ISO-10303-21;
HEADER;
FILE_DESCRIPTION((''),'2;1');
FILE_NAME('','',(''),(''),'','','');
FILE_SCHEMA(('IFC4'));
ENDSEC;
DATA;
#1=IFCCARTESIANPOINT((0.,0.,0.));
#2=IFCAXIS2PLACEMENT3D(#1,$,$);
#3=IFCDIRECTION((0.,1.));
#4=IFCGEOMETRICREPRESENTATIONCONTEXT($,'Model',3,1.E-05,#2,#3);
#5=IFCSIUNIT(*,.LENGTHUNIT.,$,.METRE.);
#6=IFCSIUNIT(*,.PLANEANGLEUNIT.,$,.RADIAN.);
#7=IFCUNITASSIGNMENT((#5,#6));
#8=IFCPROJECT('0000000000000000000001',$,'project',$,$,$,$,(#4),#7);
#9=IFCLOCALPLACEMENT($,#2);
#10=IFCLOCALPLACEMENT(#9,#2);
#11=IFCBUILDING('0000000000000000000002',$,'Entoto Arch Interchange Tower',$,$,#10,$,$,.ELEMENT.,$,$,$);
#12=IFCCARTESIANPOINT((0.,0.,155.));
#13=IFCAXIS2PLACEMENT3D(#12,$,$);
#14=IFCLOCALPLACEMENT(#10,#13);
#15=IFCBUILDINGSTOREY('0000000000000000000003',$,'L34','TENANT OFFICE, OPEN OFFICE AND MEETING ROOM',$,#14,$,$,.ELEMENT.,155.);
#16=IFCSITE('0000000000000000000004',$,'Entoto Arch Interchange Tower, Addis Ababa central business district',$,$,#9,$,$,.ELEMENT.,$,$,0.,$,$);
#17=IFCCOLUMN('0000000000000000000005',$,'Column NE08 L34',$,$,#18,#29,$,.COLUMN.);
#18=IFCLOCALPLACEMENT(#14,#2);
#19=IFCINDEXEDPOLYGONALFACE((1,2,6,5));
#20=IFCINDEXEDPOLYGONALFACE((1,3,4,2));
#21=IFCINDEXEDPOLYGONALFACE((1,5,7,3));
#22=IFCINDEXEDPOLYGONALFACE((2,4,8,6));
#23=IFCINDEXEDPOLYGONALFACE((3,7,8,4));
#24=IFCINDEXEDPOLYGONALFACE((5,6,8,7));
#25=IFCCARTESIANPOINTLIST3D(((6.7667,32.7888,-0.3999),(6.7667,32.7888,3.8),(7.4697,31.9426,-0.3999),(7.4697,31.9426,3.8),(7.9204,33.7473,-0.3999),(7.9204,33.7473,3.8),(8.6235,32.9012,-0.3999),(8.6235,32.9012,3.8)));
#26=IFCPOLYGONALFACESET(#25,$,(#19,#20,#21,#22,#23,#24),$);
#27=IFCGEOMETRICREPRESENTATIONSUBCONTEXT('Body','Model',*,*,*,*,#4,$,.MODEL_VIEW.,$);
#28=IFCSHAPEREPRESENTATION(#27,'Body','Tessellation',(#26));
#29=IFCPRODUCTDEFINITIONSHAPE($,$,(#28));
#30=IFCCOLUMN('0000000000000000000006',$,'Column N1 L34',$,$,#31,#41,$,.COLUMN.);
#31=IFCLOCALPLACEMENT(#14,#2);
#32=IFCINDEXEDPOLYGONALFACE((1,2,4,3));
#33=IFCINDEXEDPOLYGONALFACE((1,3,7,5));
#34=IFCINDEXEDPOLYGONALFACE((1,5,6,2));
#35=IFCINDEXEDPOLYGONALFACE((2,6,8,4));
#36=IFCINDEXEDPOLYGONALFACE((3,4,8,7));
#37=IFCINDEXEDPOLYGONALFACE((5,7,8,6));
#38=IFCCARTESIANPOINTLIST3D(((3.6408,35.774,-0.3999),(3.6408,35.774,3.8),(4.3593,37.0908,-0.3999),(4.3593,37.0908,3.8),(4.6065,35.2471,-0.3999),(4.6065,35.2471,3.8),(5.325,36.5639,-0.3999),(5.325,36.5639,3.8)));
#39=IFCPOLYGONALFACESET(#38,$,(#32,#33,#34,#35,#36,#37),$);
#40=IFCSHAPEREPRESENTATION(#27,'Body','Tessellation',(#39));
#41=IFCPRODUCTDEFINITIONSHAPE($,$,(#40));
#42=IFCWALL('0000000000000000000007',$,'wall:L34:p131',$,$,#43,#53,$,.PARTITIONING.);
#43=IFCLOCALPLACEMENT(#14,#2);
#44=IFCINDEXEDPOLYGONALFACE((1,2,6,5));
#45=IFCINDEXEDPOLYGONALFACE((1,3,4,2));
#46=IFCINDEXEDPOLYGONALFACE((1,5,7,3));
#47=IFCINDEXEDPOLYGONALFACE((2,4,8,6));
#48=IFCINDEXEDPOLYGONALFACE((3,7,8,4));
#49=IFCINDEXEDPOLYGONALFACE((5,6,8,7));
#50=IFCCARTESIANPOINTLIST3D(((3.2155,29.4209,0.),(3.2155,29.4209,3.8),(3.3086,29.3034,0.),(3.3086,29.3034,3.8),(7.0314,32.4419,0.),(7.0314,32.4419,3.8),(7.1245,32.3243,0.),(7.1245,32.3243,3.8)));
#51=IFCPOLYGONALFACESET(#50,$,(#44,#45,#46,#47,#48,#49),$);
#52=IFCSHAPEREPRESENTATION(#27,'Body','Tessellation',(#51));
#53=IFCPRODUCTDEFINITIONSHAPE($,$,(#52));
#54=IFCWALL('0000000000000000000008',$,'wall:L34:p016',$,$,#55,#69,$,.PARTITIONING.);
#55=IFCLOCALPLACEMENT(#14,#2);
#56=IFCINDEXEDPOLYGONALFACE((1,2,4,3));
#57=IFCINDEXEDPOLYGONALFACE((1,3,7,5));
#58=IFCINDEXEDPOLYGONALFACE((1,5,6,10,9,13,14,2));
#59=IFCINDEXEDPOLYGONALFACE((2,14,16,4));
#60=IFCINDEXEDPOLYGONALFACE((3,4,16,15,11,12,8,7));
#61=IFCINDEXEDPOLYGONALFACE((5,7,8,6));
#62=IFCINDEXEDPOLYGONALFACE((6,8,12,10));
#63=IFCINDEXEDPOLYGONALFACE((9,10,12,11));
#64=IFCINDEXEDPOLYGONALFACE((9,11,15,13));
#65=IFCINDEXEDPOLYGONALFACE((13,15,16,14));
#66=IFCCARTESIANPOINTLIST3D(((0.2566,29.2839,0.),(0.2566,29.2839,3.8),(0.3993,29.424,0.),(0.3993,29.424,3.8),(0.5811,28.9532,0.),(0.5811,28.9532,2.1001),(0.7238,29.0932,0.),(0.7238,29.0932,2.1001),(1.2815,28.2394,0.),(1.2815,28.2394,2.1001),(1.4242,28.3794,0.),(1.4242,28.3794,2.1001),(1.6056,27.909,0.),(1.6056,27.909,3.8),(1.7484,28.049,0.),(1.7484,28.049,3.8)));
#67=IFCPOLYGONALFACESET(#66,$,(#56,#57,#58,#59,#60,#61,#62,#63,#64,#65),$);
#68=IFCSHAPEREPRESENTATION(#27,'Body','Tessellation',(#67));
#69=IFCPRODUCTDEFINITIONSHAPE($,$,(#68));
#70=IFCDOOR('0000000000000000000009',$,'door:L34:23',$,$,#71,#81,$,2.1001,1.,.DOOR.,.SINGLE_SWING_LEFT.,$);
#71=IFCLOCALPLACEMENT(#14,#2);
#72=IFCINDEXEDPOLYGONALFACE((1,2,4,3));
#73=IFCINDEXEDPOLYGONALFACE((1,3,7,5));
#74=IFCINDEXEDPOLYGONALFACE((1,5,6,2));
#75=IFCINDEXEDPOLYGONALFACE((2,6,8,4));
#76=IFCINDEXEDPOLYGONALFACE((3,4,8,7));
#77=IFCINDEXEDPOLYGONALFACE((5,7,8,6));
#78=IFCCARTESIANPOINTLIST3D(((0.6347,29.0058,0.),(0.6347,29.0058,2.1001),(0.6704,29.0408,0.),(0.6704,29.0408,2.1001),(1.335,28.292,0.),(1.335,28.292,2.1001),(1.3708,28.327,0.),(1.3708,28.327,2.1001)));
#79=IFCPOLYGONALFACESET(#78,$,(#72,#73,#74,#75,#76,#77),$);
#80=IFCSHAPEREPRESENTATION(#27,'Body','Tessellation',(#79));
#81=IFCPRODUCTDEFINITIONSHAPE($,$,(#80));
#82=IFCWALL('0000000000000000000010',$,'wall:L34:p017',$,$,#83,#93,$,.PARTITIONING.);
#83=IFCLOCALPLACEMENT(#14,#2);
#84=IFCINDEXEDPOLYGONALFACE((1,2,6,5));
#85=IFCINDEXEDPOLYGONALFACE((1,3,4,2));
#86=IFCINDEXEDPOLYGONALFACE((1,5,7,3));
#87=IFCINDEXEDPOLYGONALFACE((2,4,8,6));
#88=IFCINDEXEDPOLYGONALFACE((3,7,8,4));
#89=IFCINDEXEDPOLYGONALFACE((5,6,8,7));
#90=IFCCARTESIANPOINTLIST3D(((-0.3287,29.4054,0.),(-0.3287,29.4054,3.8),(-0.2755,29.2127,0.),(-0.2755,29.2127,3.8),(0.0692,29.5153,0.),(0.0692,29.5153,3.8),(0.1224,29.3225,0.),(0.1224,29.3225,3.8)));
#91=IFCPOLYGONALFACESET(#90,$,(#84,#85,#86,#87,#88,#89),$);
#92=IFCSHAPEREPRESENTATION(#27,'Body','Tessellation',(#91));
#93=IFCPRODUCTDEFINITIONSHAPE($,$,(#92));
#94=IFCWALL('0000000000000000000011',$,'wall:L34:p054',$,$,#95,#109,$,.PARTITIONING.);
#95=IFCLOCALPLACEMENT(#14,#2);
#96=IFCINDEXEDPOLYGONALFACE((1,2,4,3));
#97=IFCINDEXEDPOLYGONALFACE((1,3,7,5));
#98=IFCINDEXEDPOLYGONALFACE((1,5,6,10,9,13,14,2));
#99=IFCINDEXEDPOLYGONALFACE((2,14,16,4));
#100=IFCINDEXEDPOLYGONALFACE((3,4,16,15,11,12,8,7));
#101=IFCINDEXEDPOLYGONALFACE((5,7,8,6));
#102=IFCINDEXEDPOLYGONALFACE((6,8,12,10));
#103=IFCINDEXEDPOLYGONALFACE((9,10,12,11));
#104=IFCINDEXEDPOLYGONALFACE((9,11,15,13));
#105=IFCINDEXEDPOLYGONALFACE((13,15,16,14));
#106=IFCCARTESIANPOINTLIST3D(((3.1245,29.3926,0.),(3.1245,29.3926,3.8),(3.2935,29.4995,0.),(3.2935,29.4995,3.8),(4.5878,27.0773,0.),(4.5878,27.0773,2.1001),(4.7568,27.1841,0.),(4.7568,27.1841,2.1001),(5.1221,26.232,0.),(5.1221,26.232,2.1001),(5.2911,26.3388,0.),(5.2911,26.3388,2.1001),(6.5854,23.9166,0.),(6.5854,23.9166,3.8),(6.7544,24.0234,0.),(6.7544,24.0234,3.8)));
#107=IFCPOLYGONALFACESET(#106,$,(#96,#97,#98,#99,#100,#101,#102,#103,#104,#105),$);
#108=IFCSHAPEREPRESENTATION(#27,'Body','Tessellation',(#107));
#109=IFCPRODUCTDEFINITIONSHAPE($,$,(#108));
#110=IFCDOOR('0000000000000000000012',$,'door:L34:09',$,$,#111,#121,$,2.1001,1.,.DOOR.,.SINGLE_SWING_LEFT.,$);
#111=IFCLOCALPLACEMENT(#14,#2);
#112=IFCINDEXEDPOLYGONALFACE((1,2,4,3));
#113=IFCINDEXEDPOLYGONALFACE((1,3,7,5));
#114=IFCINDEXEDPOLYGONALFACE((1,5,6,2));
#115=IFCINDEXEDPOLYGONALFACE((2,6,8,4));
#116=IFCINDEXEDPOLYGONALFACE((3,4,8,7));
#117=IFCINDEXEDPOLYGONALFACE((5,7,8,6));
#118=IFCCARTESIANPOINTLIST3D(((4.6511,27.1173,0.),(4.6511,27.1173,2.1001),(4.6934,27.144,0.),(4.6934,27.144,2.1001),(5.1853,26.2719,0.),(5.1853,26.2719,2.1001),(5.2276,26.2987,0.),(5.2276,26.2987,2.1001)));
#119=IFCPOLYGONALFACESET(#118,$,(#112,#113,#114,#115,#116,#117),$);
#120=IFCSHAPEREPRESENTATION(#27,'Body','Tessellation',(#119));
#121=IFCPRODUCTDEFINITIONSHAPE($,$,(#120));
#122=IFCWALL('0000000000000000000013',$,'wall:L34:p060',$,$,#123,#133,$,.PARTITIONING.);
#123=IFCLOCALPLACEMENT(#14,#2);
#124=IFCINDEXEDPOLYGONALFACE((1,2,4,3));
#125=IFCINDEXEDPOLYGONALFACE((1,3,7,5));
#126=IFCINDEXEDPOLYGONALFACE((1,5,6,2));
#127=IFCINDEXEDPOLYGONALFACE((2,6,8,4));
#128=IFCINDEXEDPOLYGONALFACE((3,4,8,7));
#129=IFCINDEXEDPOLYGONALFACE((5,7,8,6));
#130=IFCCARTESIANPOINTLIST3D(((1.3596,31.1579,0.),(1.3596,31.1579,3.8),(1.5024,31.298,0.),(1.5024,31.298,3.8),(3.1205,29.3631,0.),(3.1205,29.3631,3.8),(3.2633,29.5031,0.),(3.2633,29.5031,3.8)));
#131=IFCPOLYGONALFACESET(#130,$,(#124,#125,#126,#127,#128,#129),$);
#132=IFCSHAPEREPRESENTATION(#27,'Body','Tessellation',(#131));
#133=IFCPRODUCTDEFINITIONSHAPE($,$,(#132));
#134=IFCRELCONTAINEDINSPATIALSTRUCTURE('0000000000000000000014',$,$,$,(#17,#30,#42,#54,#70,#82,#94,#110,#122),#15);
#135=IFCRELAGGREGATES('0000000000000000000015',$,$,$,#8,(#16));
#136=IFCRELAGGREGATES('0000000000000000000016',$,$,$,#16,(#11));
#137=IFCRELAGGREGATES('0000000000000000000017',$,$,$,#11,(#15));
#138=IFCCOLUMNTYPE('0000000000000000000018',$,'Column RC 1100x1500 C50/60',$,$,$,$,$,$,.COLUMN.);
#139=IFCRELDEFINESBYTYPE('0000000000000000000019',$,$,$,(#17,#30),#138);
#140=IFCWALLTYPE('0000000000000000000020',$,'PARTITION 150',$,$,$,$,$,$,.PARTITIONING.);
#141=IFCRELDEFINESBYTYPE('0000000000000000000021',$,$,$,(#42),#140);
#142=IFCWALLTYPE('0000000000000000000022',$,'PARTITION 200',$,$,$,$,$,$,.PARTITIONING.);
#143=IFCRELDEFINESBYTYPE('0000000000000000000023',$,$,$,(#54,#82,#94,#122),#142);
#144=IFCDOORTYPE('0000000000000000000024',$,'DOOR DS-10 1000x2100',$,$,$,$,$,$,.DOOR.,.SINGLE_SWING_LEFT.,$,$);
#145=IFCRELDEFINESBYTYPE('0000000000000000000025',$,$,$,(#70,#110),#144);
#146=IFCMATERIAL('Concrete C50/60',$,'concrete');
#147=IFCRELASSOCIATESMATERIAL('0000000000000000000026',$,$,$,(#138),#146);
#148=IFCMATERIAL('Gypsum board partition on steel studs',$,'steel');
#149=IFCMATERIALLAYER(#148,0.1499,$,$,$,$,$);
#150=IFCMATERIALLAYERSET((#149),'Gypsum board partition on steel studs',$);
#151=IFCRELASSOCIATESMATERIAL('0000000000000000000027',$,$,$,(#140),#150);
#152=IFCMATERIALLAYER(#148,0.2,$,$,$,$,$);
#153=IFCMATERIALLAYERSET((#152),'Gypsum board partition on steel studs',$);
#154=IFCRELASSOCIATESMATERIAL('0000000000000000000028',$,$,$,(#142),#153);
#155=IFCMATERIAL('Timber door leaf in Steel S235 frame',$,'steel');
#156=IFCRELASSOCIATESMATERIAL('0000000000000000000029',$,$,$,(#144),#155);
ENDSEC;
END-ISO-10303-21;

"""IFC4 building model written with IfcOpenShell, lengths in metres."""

from ifc_helpers import new_model, si_unit, direction, frame, frame_2d, origin, origin_2d, place, context, subcontext, project, spatial, rectangle, extrude, material, layer, layer_set, material_profile, profile_set, type_object, element, fill, save


model = new_model("IFC4")

# Units and contexts
model_context = context("Model", 3, precision=1e-05, world=origin(), true_north=direction((0.0, 1.0)))
body_context = subcontext(model_context, "Body", "Model", "MODEL_VIEW")
ifc_project = project(units=[si_unit("LENGTHUNIT", "METRE"), si_unit("PLANEANGLEUNIT", "RADIAN")], contexts=[model_context])

# Site, building, storey
site_placement = place(None, origin())
site = spatial("IfcSite", under=ifc_project, at=site_placement, Name="Entoto Arch Interchange Tower, Addis Ababa central business district", CompositionType="ELEMENT", RefElevation=0.0)
building_placement = place(site_placement, origin())
building = spatial("IfcBuilding", under=site, at=building_placement, Name="Entoto Arch Interchange Tower", CompositionType="ELEMENT")
storey_placement = place(building_placement, frame((0.0, 0.0, 155.0)))
storey = spatial("IfcBuildingStorey", under=building, at=storey_placement, Name="L34", Description="TENANT OFFICE, OPEN OFFICE AND MEETING ROOM", CompositionType="ELEMENT", Elevation=155.0)

# Columns
ifc_material_1 = material(Name="Concrete C50/60", Category="concrete")
ifc_material_profile = material_profile(ifc_material_1, rectangle(XDim=1.1001, YDim=1.5, at=origin_2d()))
ifc_profile_set = profile_set([ifc_material_profile], Name="Concrete C50/60")
column_type = type_object("IfcColumnType", Name="Column RC 1100x1500 C50/60", PredefinedType="COLUMN", material=ifc_profile_set)
for number, where, z_axis, x_axis, name in (
    (1, (7.6951, 32.845, -0.3999), (0.0, 0.0, 1.0), (-0.63905, 0.769165, 0.0), "Column NE08 L34"),
    (2, (4.4829, 36.1689, -0.3999), (0.0, 0.0, 1.0), (-0.877833, 0.478968, 0.0), "Column N1 L34"),
):
    element("IfcColumn", number, at=place(storey_placement, frame(where, z_axis=z_axis, x_axis=x_axis)), inside=storey, type_object=column_type, Name=name, PredefinedType="COLUMN", context=body_context, shape_type="SweptSolid", body=[
        extrude(rectangle(XDim=1.1001, YDim=1.5, at=origin_2d()), origin(), (0.0, 0.0, 1.0), 4.2),
    ])

# Wall
ifc_material_2 = material(Name="Gypsum board partition on steel studs", Category="steel")
ifc_layer_1 = layer(ifc_material_2, 0.1499)
ifc_layer_set_1 = layer_set([ifc_layer_1], Name="Gypsum board partition on steel studs")
wall_type_1 = type_object("IfcWallType", Name="PARTITION 150", PredefinedType="PARTITIONING", material=ifc_layer_set_1)
wall_1_placement = place(storey_placement, frame((3.262, 29.3621, 0.0), z_axis=(0.0, 0.0, 1.0), x_axis=(0.78404, 0.620711, 0.0)))
element("IfcWall", 3, at=wall_1_placement, inside=storey, type_object=wall_type_1, Name="wall:L34:p131", PredefinedType="PARTITIONING", context=body_context, shape_type="SweptSolid", body=[
    extrude(rectangle(XDim=4.8669, YDim=0.1499, at=frame_2d((2.4336, 0.0))), origin(), (0.0, 0.0, 1.0), 3.8),
])

# Wall, opening, door
ifc_layer_2 = layer(ifc_material_2, 0.2)
ifc_layer_set_2 = layer_set([ifc_layer_2], Name="Gypsum board partition on steel studs")
wall_type_2 = type_object("IfcWallType", Name="PARTITION 200", PredefinedType="PARTITIONING", material=ifc_layer_set_2)
wall_2_placement = place(storey_placement, frame((1.677, 27.979, 0.0), z_axis=(0.0, 0.0, 1.0), x_axis=(-0.700358, 0.713792, 0.0)))
wall_2 = element("IfcWall", 4, at=wall_2_placement, inside=storey, type_object=wall_type_2, Name="wall:L34:p016", PredefinedType="PARTITIONING", context=body_context, shape_type="SweptSolid", body=[
    extrude(rectangle(XDim=1.9263, YDim=0.2, at=frame_2d((0.9631, 0.0))), origin(), (0.0, 0.0, 1.0), 3.8),
])
opening_1_placement = place(wall_2_placement, frame((0.4629, 0.0, 0.0)))
opening_1 = element("IfcOpeningElement", 5, at=opening_1_placement, cuts=wall_2, PredefinedType="OPENING", context=body_context, shape_type="SweptSolid", body=[
    extrude(rectangle(XDim=1.0, YDim=2.1001, at=frame_2d((0.5, 1.05))), frame((0.0, 0.1099, 0.0), z_axis=(0.0, -1.0, 0.0), x_axis=(1.0, 0.0, 0.0)), (0.0, 0.0, 1.0), 0.22),
])
ifc_material_3 = material(Name="Timber door leaf in Steel S235 frame", Category="steel")
door_type = type_object("IfcDoorType", Name="DOOR DS-10 1000x2100", OperationType="SINGLE_SWING_LEFT", PredefinedType="DOOR", material=ifc_material_3)
door_1_placement = place(opening_1_placement, origin())
door_1 = element("IfcDoor", 6, at=door_1_placement, inside=storey, type_object=door_type, Name="door:L34:23", OperationType="SINGLE_SWING_LEFT", OverallHeight=2.1001, OverallWidth=1.0, PredefinedType="DOOR", context=body_context, shape_type="SweptSolid", body=[
    extrude(rectangle(XDim=1.0, YDim=2.1001, at=frame_2d((0.5, 1.05))), frame((0.0, 0.0249, 0.0), z_axis=(0.0, -1.0, 0.0), x_axis=(1.0, 0.0, 0.0)), (0.0, 0.0, 1.0), 0.05),
])
fill(opening_1, door_1)

# Wall
wall_3_placement = place(storey_placement, frame((0.0959, 29.4189, 0.0), z_axis=(0.0, 0.0, 1.0), x_axis=(-0.96394, -0.266118, 0.0)))
element("IfcWall", 7, at=wall_3_placement, inside=storey, type_object=wall_type_2, Name="wall:L34:p017", PredefinedType="PARTITIONING", context=body_context, shape_type="SweptSolid", body=[
    extrude(rectangle(XDim=0.4128, YDim=0.2, at=frame_2d((0.2065, 0.0))), origin(), (0.0, 0.0, 1.0), 3.8),
])

# Wall, opening, door
wall_4_placement = place(storey_placement, frame((3.209, 29.446, 0.0), z_axis=(0.0, 0.0, 1.0), x_axis=(0.534254, -0.845324, 0.0)))
wall_4 = element("IfcWall", 8, at=wall_4_placement, inside=storey, type_object=wall_type_2, Name="wall:L34:p054", PredefinedType="PARTITIONING", context=body_context, shape_type="SweptSolid", body=[
    extrude(rectangle(XDim=6.478, YDim=0.2, at=frame_2d((3.239, 0.0))), origin(), (0.0, 0.0, 1.0), 3.8),
])
opening_2_placement = place(wall_4_placement, frame((2.739, 0.0, 0.0)))
opening_2 = element("IfcOpeningElement", 9, at=opening_2_placement, cuts=wall_4, PredefinedType="OPENING", context=body_context, shape_type="SweptSolid", body=[
    extrude(rectangle(XDim=1.0, YDim=2.1001, at=frame_2d((0.5, 1.05))), frame((0.0, 0.1099, 0.0), z_axis=(0.0, -1.0, 0.0), x_axis=(1.0, 0.0, 0.0)), (0.0, 0.0, 1.0), 0.22),
])
door_2_placement = place(opening_2_placement, origin())
door_2 = element("IfcDoor", 10, at=door_2_placement, inside=storey, type_object=door_type, Name="door:L34:09", OperationType="SINGLE_SWING_LEFT", OverallHeight=2.1001, OverallWidth=1.0, PredefinedType="DOOR", context=body_context, shape_type="SweptSolid", body=[
    extrude(rectangle(XDim=1.0, YDim=2.1001, at=frame_2d((0.5, 1.05))), frame((0.0, 0.0249, 0.0), z_axis=(0.0, -1.0, 0.0), x_axis=(1.0, 0.0, 0.0)), (0.0, 0.0, 1.0), 0.05),
])
fill(opening_2, door_2)

# Wall
wall_5_placement = place(storey_placement, frame((1.4309, 31.228, 0.0), z_axis=(0.0, 0.0, 1.0), x_axis=(0.700327, -0.713822, 0.0)))
element("IfcWall", 11, at=wall_5_placement, inside=storey, type_object=wall_type_2, Name="wall:L34:p060", PredefinedType="PARTITIONING", context=body_context, shape_type="SweptSolid", body=[
    extrude(rectangle(XDim=2.5144, YDim=0.2, at=frame_2d((1.2573, 0.0))), origin(), (0.0, 0.0, 1.0), 3.8),
])

save(model, "model.ifc")
